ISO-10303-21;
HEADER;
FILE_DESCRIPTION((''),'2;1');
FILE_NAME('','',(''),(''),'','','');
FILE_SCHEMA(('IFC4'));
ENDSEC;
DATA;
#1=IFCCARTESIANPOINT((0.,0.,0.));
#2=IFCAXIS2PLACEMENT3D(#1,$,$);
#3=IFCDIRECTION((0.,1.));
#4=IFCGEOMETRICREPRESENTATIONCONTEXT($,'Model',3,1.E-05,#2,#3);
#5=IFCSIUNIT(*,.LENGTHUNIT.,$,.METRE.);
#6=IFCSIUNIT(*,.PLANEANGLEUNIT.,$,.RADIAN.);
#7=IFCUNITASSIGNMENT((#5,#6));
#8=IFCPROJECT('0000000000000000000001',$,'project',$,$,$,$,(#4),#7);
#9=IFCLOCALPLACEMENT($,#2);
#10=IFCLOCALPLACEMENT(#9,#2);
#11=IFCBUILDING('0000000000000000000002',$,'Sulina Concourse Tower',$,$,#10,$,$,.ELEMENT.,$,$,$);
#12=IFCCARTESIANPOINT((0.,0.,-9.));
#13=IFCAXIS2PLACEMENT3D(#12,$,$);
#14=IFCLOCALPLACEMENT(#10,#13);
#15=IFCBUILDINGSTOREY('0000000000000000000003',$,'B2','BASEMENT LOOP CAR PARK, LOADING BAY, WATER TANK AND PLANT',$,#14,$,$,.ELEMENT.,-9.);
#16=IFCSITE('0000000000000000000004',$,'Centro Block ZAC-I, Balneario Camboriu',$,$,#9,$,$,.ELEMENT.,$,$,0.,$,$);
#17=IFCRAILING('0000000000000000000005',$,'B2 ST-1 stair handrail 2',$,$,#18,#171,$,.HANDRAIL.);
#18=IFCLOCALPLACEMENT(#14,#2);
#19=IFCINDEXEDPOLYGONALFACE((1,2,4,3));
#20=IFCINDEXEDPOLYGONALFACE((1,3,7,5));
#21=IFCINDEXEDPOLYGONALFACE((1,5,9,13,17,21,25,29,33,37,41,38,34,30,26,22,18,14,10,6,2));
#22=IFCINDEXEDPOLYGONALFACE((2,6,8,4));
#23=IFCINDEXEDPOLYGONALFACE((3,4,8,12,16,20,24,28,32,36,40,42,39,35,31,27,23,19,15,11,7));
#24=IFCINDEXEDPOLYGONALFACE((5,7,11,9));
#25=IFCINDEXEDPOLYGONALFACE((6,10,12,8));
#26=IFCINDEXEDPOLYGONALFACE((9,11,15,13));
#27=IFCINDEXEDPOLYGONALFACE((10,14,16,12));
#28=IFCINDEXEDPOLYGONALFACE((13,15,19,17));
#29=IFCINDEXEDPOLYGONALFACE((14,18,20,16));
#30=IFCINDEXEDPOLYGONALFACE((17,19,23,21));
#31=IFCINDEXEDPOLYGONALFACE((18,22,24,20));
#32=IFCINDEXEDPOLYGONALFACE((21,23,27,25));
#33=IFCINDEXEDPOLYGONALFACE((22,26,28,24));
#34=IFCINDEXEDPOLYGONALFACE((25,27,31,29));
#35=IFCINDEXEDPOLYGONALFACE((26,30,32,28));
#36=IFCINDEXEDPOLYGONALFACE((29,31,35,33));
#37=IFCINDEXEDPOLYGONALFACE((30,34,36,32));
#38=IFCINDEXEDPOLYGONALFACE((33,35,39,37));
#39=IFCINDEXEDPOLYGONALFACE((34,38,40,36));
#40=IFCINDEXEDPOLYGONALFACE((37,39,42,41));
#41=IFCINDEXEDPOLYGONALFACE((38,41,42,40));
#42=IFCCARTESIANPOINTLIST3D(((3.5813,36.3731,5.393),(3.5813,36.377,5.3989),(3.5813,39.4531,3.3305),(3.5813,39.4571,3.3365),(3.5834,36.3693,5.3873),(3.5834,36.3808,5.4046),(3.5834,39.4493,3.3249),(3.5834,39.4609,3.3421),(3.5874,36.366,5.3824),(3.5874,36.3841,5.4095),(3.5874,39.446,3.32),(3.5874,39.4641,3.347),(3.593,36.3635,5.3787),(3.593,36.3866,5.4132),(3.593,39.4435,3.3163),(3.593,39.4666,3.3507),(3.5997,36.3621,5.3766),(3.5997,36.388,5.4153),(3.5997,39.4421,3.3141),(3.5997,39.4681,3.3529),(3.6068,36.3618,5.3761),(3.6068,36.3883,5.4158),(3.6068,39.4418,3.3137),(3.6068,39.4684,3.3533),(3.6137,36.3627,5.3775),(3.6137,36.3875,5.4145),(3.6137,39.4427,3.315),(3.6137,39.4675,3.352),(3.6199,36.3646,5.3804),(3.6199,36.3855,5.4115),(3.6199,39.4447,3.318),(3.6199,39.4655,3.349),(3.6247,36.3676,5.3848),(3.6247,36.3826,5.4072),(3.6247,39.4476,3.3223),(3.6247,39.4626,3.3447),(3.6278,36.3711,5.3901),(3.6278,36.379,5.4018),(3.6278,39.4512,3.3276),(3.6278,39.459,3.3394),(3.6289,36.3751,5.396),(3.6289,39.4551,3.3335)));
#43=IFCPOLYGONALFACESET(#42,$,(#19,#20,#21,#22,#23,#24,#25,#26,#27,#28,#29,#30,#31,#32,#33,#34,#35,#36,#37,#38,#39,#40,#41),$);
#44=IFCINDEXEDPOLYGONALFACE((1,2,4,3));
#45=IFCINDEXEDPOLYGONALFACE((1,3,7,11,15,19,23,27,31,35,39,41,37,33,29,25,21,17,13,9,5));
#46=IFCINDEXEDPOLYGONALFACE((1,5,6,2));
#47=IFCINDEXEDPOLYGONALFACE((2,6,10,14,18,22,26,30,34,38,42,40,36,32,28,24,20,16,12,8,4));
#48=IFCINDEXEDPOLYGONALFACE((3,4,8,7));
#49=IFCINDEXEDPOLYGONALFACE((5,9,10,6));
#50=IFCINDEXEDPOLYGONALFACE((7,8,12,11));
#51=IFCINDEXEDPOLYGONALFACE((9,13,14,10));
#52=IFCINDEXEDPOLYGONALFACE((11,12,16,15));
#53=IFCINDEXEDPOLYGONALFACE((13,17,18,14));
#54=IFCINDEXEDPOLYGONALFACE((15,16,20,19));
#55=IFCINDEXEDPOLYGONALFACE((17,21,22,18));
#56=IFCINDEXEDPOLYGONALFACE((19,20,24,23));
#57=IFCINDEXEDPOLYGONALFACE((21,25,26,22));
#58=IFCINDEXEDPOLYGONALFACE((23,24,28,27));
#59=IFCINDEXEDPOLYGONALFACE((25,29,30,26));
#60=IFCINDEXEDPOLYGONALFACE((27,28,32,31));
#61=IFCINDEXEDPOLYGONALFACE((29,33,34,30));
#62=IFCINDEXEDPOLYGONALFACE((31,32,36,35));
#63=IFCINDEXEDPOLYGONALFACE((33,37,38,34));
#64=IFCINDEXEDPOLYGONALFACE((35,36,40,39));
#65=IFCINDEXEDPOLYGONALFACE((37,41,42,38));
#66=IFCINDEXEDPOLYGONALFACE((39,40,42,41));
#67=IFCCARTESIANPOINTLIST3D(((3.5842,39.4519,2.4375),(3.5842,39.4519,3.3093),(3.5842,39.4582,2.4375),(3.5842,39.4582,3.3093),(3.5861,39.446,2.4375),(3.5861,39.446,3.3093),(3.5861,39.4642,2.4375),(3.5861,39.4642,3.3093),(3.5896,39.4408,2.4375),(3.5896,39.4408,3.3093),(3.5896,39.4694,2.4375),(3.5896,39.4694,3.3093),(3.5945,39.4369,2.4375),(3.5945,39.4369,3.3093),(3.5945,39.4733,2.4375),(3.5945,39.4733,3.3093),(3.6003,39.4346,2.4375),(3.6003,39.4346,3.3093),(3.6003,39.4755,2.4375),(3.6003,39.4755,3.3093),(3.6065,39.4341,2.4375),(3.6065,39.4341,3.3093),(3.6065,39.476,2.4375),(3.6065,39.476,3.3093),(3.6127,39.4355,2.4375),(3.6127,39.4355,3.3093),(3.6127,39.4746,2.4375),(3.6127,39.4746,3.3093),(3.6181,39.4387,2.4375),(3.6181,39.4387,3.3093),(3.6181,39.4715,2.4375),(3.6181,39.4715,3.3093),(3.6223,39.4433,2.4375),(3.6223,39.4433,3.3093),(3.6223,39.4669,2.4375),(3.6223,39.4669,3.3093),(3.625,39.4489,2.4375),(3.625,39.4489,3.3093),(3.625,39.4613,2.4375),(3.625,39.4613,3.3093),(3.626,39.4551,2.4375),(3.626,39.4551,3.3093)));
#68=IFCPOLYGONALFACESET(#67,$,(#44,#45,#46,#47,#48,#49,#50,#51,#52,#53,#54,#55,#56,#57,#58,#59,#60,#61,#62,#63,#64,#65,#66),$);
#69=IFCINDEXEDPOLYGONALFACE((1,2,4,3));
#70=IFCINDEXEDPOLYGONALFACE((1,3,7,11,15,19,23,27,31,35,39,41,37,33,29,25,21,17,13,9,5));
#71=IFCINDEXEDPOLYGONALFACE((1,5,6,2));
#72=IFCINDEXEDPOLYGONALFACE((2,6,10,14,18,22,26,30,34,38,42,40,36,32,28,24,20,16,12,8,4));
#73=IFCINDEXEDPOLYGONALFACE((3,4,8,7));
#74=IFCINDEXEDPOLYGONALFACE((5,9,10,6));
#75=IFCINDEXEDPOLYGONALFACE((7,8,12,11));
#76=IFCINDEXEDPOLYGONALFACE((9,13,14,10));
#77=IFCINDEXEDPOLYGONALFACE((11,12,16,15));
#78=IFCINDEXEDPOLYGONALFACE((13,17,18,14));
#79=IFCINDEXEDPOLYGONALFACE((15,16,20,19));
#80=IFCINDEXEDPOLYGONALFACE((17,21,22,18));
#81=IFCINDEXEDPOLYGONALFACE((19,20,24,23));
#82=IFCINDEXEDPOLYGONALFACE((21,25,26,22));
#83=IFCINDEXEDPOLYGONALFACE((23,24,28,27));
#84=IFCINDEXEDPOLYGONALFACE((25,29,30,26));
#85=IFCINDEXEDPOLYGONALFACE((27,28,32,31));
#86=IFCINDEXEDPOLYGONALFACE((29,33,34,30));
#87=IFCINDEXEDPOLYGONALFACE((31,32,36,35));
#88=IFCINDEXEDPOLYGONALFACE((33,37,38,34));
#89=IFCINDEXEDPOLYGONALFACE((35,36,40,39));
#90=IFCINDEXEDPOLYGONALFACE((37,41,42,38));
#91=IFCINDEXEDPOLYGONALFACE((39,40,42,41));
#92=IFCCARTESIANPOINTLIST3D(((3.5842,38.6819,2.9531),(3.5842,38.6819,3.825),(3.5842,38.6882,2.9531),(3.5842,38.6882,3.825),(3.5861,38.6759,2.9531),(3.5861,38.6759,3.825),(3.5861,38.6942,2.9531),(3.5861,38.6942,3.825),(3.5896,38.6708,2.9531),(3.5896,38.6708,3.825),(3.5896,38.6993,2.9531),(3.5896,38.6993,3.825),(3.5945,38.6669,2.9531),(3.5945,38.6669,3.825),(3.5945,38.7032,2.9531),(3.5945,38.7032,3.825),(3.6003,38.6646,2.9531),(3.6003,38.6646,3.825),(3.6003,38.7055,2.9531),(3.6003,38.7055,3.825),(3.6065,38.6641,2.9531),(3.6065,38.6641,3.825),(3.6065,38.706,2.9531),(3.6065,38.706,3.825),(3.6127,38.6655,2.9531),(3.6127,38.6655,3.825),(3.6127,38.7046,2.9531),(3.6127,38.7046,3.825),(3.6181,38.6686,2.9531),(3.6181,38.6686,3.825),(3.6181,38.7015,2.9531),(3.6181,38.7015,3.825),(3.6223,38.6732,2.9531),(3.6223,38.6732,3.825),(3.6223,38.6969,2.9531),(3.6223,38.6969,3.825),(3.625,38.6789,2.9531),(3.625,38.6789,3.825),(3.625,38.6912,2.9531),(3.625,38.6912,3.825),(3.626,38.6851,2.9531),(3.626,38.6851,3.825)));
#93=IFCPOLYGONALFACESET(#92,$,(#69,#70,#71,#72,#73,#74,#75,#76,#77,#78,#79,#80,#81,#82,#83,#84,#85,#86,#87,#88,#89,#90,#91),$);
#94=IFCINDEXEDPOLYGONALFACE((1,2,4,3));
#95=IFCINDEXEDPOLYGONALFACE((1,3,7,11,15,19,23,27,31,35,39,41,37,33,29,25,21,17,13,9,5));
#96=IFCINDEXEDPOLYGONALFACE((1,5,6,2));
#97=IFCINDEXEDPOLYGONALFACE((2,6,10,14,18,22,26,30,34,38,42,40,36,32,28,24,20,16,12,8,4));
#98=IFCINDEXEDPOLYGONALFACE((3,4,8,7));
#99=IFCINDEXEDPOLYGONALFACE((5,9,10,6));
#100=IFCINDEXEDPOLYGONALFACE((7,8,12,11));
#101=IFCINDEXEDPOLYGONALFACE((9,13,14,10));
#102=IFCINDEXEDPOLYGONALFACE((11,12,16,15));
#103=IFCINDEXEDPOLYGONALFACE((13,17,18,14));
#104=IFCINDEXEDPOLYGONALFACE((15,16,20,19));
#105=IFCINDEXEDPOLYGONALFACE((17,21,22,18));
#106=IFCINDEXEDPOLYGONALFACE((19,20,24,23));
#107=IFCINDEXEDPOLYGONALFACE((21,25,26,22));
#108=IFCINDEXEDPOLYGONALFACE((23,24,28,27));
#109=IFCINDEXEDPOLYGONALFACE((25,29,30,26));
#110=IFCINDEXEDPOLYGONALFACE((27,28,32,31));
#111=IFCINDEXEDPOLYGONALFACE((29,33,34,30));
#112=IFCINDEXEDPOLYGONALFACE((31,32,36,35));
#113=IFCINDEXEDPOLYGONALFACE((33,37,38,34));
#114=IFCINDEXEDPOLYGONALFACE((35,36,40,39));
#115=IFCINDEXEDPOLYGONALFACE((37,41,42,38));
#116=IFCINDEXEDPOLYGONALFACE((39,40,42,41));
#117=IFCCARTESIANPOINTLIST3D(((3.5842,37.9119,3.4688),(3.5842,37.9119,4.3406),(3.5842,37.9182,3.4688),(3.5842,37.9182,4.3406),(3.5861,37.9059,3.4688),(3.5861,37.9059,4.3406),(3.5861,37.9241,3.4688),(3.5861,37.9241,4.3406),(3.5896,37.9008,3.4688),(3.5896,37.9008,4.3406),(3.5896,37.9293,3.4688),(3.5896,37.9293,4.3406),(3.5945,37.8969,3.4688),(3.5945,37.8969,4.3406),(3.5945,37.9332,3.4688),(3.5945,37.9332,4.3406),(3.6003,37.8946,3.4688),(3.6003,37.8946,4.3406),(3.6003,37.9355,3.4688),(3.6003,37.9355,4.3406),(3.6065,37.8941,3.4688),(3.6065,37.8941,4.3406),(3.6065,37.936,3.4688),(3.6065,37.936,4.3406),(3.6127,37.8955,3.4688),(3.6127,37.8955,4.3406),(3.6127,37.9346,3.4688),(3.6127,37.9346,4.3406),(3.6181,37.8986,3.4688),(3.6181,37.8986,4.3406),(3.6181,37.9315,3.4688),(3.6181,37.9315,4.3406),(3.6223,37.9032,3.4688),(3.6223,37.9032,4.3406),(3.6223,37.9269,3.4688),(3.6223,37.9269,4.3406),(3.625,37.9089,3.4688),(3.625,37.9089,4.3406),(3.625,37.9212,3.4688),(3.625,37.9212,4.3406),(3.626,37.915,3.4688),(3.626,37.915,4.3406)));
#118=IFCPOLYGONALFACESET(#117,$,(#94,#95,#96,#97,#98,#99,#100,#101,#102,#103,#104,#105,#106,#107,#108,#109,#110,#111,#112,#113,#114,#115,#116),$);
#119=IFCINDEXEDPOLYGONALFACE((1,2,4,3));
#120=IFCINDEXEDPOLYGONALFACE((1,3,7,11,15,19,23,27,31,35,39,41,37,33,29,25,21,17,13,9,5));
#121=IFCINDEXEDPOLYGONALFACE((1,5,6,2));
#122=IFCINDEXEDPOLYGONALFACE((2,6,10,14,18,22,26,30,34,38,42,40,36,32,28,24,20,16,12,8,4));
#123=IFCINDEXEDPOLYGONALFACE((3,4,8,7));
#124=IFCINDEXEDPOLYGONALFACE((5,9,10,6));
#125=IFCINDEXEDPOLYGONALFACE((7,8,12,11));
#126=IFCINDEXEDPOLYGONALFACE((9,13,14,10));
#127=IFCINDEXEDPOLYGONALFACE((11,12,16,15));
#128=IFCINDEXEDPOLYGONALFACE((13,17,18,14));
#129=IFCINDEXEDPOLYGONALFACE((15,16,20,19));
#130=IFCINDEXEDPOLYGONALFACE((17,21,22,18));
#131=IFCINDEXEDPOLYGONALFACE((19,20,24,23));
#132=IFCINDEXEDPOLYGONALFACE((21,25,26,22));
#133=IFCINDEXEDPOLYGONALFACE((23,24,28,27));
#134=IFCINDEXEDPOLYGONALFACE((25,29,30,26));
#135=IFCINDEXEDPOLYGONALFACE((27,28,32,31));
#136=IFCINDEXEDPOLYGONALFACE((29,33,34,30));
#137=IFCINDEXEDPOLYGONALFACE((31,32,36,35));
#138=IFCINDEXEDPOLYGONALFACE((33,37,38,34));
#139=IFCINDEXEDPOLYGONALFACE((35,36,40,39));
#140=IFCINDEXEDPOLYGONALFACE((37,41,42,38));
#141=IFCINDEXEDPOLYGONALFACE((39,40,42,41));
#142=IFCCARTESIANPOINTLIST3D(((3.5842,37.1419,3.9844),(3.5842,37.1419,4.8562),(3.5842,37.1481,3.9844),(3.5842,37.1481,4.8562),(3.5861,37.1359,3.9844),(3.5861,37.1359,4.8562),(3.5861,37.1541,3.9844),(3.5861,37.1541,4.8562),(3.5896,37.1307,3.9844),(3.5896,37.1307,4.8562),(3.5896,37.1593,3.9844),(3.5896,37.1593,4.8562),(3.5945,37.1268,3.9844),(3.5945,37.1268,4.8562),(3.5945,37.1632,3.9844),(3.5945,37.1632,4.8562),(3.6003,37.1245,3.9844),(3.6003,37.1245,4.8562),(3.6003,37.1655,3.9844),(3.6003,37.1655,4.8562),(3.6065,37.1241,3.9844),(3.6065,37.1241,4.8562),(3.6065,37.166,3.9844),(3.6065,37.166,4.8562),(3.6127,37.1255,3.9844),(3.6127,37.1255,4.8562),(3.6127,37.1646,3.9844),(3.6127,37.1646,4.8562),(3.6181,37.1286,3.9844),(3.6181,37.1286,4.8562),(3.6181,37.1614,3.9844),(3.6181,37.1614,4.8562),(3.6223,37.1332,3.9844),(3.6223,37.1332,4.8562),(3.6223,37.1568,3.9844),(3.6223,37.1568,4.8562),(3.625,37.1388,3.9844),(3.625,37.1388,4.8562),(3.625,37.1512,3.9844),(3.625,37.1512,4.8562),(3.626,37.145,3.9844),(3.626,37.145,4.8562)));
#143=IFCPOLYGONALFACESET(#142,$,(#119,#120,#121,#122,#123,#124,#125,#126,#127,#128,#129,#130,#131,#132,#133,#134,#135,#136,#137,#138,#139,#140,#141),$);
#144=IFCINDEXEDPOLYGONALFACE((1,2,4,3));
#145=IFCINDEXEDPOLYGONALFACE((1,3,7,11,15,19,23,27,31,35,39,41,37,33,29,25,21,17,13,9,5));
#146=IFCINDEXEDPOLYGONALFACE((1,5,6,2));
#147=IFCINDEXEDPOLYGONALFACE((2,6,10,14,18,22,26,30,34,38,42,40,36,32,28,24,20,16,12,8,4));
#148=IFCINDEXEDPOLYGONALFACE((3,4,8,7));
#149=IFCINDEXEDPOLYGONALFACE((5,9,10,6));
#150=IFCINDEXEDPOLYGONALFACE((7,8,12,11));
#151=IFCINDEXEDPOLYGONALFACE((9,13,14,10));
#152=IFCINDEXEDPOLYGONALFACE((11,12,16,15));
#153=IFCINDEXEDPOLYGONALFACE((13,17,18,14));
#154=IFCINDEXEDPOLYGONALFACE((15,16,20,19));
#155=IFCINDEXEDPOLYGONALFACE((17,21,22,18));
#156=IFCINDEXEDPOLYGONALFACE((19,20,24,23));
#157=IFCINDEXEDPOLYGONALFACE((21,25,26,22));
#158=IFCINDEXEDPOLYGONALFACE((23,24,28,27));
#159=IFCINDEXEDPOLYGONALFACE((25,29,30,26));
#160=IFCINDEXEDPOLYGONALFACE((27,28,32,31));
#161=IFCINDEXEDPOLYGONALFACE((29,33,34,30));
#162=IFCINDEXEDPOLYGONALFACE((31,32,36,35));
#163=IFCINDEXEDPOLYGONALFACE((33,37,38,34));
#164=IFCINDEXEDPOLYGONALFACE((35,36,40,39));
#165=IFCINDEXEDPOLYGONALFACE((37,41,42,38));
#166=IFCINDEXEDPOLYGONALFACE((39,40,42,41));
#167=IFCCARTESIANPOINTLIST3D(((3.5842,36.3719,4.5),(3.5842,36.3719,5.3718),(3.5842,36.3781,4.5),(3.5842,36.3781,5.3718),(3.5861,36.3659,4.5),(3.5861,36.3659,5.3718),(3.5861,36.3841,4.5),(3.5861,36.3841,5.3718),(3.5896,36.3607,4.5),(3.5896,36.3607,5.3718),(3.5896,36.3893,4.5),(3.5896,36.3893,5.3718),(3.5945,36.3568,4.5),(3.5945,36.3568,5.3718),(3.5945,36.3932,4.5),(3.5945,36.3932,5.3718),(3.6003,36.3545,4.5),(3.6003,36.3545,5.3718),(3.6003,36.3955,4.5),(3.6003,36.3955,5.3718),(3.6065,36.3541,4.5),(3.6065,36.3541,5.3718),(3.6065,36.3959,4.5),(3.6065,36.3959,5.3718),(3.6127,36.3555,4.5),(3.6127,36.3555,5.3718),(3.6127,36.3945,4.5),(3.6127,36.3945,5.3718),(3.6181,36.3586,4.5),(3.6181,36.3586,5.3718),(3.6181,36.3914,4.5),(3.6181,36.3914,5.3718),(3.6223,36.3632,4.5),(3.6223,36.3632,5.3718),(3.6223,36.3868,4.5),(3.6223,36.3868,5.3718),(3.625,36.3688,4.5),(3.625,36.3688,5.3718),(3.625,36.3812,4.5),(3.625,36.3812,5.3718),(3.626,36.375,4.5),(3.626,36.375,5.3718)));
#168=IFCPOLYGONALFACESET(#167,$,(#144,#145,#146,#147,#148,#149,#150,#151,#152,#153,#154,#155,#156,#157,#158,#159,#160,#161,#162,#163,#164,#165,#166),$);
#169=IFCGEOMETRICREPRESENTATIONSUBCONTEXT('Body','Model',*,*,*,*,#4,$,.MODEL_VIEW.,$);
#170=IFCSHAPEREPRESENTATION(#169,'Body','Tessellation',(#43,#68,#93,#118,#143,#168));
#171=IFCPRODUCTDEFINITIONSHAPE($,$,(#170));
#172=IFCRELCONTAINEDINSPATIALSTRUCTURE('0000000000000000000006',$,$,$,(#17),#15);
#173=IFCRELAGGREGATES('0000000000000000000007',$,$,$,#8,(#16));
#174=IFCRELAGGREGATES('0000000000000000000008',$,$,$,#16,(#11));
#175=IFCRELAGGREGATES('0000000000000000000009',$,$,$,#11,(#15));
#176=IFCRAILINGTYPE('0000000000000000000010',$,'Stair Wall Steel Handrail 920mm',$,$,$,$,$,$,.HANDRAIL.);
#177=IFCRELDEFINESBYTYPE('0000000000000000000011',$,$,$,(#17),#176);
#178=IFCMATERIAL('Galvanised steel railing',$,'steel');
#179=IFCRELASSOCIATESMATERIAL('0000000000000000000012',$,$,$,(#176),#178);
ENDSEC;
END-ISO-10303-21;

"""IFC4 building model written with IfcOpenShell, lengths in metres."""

from ifc_helpers import new_model, si_unit, direction, frame, origin, origin_2d, place, context, subcontext, project, spatial, circle, extrude, material, type_object, element, save


model = new_model("IFC4")

# Units and contexts
model_context = context("Model", 3, precision=1e-05, world=origin(), true_north=direction((0.0, 1.0)))
body_context = subcontext(model_context, "Body", "Model", "MODEL_VIEW")
ifc_project = project(units=[si_unit("LENGTHUNIT", "METRE"), si_unit("PLANEANGLEUNIT", "RADIAN")], contexts=[model_context])

# Site, building, storey
site_placement = place(None, origin())
site = spatial("IfcSite", under=ifc_project, at=site_placement, Name="Centro Block ZAC-I, Balneario Camboriu", CompositionType="ELEMENT", RefElevation=0.0)
building_placement = place(site_placement, origin())
building = spatial("IfcBuilding", under=site, at=building_placement, Name="Sulina Concourse Tower", CompositionType="ELEMENT")
storey_placement = place(building_placement, frame((0.0, 0.0, -9.0)))
storey = spatial("IfcBuildingStorey", under=building, at=storey_placement, Name="B2", Description="BASEMENT LOOP CAR PARK, LOADING BAY, WATER TANK AND PLANT", CompositionType="ELEMENT", Elevation=-9.0)

# Railing
ifc_material_1 = material(Name="Galvanised steel railing", Category="steel")
railing_type_1 = type_object("IfcRailingType", Name="Stair Wall Steel Handrail 920mm", PredefinedType="HANDRAIL", material=ifc_material_1)
railing_1_placement = place(storey_placement, frame((3.605, 39.4551, 2.4375)))
element("IfcRailing", 1, at=railing_1_placement, inside=storey, type_object=railing_type_1, Name="B2 ST-1 stair handrail 2", PredefinedType="HANDRAIL", context=body_context, shape_type="SweptSolid", body=[
    extrude(circle(Radius=0.0239, at=origin_2d()), frame((0.0, 0.0, 0.896), z_axis=(0.0, -0.830914, 0.556401), x_axis=(1.0, 0.0, 0.0)), (0.0, 0.0, 1.0), 3.7068),
    extrude(circle(Radius=0.021, at=origin_2d()), origin(), (0.0, 0.0, 1.0), 0.8718),
    extrude(circle(Radius=0.021, at=origin_2d()), frame((0.0, -0.77, 0.5156)), (0.0, 0.0, 1.0), 0.8718),
    extrude(circle(Radius=0.021, at=origin_2d()), frame((0.0, -1.54, 1.0312)), (0.0, 0.0, 1.0), 0.8718),
    extrude(circle(Radius=0.021, at=origin_2d()), frame((0.0, -2.3101, 1.5469)), (0.0, 0.0, 1.0), 0.8718),
    extrude(circle(Radius=0.021, at=origin_2d()), frame((0.0, -3.0801, 2.0625)), (0.0, 0.0, 1.0), 0.8718),
])

save(model, "model.ifc")
